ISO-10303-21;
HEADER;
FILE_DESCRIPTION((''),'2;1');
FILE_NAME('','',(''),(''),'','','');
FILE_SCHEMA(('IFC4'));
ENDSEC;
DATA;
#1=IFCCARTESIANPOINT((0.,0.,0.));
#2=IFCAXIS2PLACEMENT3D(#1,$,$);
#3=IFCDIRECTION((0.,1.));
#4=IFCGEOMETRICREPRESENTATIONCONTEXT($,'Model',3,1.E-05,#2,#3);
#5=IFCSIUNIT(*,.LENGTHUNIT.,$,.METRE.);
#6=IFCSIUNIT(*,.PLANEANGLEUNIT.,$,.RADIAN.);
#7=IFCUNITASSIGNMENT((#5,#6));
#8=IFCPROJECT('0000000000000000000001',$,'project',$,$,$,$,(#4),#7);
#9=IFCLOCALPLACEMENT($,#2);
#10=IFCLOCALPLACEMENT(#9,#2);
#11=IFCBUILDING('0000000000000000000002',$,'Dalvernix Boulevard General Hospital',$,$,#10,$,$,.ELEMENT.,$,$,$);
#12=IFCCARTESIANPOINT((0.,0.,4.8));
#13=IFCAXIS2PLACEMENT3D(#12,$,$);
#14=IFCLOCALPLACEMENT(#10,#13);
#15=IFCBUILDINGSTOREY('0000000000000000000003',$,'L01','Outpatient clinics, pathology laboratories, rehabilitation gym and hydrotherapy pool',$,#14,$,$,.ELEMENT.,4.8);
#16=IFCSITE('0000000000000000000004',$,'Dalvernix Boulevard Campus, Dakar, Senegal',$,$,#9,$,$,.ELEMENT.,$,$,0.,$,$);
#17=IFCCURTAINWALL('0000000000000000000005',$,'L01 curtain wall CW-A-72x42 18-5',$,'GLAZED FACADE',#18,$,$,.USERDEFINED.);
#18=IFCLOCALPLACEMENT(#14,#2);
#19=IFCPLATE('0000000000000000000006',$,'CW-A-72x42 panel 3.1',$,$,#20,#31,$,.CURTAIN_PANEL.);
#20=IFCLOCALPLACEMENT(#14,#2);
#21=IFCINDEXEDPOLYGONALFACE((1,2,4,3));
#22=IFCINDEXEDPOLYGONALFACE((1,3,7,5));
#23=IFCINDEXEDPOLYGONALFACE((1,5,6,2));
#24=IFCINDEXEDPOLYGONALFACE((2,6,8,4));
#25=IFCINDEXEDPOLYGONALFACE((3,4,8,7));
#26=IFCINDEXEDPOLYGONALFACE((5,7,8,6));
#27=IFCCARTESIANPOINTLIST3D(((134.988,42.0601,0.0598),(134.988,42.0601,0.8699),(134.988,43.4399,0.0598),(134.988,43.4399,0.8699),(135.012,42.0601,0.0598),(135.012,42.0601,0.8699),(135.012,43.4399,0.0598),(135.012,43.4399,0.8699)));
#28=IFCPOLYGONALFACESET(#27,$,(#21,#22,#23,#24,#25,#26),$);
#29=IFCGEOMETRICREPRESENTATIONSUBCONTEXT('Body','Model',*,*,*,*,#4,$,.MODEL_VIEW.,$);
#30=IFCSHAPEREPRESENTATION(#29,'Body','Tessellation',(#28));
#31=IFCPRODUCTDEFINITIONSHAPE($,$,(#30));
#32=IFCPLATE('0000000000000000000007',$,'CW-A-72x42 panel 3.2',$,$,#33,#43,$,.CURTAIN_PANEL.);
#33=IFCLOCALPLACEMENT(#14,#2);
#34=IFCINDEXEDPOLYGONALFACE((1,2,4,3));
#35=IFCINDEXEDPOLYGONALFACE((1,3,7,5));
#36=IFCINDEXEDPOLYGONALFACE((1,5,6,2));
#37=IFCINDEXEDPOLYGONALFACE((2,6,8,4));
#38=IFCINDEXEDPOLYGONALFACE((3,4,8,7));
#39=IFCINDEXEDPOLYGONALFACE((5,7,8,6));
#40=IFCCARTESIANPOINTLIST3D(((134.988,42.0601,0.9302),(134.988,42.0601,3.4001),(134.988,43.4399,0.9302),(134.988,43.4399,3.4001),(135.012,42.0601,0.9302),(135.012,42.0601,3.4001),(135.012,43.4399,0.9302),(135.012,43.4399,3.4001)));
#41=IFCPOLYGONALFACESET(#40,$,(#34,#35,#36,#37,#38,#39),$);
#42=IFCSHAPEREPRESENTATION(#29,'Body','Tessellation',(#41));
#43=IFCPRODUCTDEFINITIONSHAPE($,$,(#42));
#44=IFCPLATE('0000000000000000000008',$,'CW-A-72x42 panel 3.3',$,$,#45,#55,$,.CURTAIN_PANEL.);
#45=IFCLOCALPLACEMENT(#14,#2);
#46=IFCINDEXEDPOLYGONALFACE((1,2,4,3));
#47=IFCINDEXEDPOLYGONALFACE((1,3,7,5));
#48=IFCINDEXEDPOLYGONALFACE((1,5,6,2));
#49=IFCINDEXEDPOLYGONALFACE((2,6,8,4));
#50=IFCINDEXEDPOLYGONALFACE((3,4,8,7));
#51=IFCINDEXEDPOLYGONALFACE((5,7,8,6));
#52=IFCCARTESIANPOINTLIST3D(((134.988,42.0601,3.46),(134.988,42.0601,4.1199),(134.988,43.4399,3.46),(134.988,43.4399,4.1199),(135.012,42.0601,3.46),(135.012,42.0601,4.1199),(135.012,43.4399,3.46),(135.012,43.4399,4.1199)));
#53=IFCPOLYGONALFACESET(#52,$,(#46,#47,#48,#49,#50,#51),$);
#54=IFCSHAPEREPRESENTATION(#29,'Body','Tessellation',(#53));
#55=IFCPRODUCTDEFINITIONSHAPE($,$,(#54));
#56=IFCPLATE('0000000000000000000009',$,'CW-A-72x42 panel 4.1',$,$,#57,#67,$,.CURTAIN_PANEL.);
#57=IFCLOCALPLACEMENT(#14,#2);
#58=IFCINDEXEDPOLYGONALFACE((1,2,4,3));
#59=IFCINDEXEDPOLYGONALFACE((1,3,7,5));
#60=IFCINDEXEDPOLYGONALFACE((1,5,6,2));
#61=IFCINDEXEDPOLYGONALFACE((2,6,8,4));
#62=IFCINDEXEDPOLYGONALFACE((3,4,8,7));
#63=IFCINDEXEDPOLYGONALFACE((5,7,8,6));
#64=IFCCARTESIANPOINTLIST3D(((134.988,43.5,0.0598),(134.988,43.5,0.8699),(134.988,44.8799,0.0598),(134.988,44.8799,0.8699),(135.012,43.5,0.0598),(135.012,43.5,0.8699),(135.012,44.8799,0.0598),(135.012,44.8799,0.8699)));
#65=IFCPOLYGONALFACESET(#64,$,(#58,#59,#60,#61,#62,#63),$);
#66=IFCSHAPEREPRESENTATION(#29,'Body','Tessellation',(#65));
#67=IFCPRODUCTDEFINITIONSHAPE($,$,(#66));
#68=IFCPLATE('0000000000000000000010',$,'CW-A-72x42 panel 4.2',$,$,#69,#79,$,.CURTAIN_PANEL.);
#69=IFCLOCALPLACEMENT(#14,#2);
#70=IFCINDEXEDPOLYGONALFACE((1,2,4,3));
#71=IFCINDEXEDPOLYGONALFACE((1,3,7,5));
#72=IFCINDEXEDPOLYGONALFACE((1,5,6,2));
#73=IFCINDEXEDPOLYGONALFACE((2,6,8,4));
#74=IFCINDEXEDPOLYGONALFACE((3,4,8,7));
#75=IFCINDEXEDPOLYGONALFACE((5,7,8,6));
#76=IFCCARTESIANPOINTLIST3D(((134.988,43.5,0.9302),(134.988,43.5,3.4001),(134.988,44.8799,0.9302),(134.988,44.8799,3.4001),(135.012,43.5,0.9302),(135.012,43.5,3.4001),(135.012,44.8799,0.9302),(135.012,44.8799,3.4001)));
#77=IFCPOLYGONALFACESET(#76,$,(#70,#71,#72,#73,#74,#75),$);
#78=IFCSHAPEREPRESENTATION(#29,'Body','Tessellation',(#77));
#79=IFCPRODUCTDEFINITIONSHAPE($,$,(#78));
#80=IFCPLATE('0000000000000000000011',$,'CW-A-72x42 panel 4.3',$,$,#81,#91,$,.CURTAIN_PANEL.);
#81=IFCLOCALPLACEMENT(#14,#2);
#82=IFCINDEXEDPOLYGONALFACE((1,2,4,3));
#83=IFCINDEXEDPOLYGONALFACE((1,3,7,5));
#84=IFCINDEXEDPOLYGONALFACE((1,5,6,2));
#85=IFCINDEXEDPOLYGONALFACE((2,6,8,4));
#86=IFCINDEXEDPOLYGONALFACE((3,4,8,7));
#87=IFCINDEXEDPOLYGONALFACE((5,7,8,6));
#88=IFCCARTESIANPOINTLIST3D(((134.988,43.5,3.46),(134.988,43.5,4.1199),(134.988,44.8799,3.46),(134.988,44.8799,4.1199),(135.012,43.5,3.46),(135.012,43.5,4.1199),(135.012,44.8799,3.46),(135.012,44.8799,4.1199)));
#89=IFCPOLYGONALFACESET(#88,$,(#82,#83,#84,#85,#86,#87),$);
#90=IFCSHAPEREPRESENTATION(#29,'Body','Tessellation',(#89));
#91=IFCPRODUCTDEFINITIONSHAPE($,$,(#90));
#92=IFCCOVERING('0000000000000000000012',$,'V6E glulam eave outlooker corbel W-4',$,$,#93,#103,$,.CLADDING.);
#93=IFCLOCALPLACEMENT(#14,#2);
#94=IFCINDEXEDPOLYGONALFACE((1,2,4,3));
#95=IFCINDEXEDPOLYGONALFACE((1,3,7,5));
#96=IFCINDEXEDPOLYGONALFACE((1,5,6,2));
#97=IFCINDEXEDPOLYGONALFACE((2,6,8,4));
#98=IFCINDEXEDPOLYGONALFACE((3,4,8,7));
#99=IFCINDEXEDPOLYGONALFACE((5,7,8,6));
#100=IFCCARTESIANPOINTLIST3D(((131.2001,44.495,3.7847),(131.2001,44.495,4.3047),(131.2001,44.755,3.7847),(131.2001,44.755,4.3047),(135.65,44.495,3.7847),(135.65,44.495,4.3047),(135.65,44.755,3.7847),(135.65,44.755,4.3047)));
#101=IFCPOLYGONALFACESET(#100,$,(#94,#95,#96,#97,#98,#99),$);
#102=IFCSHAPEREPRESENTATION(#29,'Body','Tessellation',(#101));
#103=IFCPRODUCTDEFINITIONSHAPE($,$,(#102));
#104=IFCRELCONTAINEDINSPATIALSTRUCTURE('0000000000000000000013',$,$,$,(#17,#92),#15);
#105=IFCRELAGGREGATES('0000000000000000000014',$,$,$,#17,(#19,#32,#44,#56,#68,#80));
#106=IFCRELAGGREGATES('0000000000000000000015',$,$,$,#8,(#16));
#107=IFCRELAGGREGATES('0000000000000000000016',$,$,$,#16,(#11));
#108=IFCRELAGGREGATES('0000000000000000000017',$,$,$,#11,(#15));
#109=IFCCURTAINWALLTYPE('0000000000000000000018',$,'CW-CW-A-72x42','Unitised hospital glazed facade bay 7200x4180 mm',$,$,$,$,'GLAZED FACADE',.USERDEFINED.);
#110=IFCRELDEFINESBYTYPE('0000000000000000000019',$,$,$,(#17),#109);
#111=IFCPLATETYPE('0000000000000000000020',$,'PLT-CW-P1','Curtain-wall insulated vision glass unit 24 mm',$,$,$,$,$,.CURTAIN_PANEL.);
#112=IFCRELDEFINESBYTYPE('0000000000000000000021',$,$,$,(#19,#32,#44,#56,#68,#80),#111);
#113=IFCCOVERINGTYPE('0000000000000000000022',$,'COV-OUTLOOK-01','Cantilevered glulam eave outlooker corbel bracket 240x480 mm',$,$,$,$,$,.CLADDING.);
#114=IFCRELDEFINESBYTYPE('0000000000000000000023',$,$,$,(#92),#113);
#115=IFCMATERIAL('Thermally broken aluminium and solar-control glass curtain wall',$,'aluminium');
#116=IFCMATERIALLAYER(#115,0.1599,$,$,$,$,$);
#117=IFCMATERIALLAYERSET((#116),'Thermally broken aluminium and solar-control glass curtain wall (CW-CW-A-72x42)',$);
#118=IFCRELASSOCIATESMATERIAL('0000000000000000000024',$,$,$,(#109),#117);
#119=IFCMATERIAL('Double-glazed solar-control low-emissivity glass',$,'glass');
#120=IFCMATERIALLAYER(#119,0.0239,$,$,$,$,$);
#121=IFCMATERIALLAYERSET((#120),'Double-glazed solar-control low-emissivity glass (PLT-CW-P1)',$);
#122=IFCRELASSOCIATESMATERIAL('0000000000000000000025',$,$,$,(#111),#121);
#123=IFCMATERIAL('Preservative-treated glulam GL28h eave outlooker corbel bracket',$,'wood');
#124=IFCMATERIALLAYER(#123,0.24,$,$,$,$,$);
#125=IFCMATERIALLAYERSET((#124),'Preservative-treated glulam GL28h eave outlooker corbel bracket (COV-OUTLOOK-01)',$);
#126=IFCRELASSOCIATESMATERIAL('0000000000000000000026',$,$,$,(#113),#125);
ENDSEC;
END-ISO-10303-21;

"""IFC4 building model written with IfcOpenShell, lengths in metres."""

from ifc_helpers import new_model, si_unit, direction, frame, origin, origin_2d, place, context, subcontext, project, spatial, rectangle, extrude, material, layer, layer_set, type_object, element, aggregate, save


model = new_model("IFC4")

# Units and contexts
model_context = context("Model", 3, precision=1e-05, world=origin(), true_north=direction((0.0, 1.0)))
body_context = subcontext(model_context, "Body", "Model", "MODEL_VIEW")
ifc_project = project(units=[si_unit("LENGTHUNIT", "METRE"), si_unit("PLANEANGLEUNIT", "RADIAN")], contexts=[model_context])

# Site, building, storey
site_placement = place(None, origin())
site = spatial("IfcSite", under=ifc_project, at=site_placement, Name="Dalvernix Boulevard Campus, Dakar, Senegal", CompositionType="ELEMENT", RefElevation=0.0)
building_placement = place(site_placement, origin())
building = spatial("IfcBuilding", under=site, at=building_placement, Name="Dalvernix Boulevard General Hospital", CompositionType="ELEMENT")
storey_placement = place(building_placement, frame((0.0, 0.0, 4.8)))
storey = spatial("IfcBuildingStorey", under=building, at=storey_placement, Name="L01", Description="Outpatient clinics, pathology laboratories, rehabilitation gym and hydrotherapy pool", CompositionType="ELEMENT", Elevation=4.8)

# Curtain wall, plates
ifc_material_1 = material(Name="Thermally broken aluminium and solar-control glass curtain wall", Category="aluminium")
ifc_layer_1 = layer(ifc_material_1, 0.1599)
ifc_layer_set_1 = layer_set([ifc_layer_1], Name="Thermally broken aluminium and solar-control glass curtain wall (CW-CW-A-72x42)")
curtain_wall_type = type_object("IfcCurtainWallType", Name="CW-CW-A-72x42", Description="Unitised hospital glazed facade bay 7200x4180 mm", ElementType="GLAZED FACADE", PredefinedType="USERDEFINED", material=ifc_layer_set_1)
curtain_wall_placement = place(storey_placement, origin())
curtain_wall = element("IfcCurtainWall", 1, at=curtain_wall_placement, inside=storey, type_object=curtain_wall_type, Name="L01 curtain wall CW-A-72x42 18-5", ObjectType="GLAZED FACADE", PredefinedType="USERDEFINED")
ifc_material_2 = material(Name="Double-glazed solar-control low-emissivity glass", Category="glass")
ifc_layer_2 = layer(ifc_material_2, 0.0239)
ifc_layer_set_2 = layer_set([ifc_layer_2], Name="Double-glazed solar-control low-emissivity glass (PLT-CW-P1)")
plate_type = type_object("IfcPlateType", Name="PLT-CW-P1", Description="Curtain-wall insulated vision glass unit 24 mm", PredefinedType="CURTAIN_PANEL", material=ifc_layer_set_2)
plate_1_placement = place(storey_placement, frame((135.0, 42.75, 0.0598), z_axis=(0.0, 0.0, 1.0), x_axis=(0.0, 1.0, 0.0)))
plate_1 = element("IfcPlate", 2, at=plate_1_placement, type_object=plate_type, Name="CW-A-72x42 panel 3.1", PredefinedType="CURTAIN_PANEL", context=body_context, shape_type="SweptSolid", body=[
    extrude(rectangle(XDim=1.3799, YDim=0.0239, at=origin_2d()), origin(), (0.0, 0.0, 1.0), 0.8101),
])
plate_2_placement = place(storey_placement, frame((135.0, 42.75, 0.9302), z_axis=(0.0, 0.0, 1.0), x_axis=(0.0, 1.0, 0.0)))
plate_2 = element("IfcPlate", 3, at=plate_2_placement, type_object=plate_type, Name="CW-A-72x42 panel 3.2", PredefinedType="CURTAIN_PANEL", context=body_context, shape_type="SweptSolid", body=[
    extrude(rectangle(XDim=1.3799, YDim=0.0239, at=origin_2d()), origin(), (0.0, 0.0, 1.0), 2.47),
])
plate_3_placement = place(storey_placement, frame((135.0, 42.75, 3.46), z_axis=(0.0, 0.0, 1.0), x_axis=(0.0, 1.0, 0.0)))
plate_3 = element("IfcPlate", 4, at=plate_3_placement, type_object=plate_type, Name="CW-A-72x42 panel 3.3", PredefinedType="CURTAIN_PANEL", context=body_context, shape_type="SweptSolid", body=[
    extrude(rectangle(XDim=1.3799, YDim=0.0239, at=origin_2d()), origin(), (0.0, 0.0, 1.0), 0.6599),
])
plate_4_placement = place(storey_placement, frame((135.0, 44.1899, 0.0598), z_axis=(0.0, 0.0, 1.0), x_axis=(0.0, 1.0, 0.0)))
plate_4 = element("IfcPlate", 5, at=plate_4_placement, type_object=plate_type, Name="CW-A-72x42 panel 4.1", PredefinedType="CURTAIN_PANEL", context=body_context, shape_type="SweptSolid", body=[
    extrude(rectangle(XDim=1.3799, YDim=0.0239, at=origin_2d()), origin(), (0.0, 0.0, 1.0), 0.8101),
])
plate_5_placement = place(storey_placement, frame((135.0, 44.1899, 0.9302), z_axis=(0.0, 0.0, 1.0), x_axis=(0.0, 1.0, 0.0)))
plate_5 = element("IfcPlate", 6, at=plate_5_placement, type_object=plate_type, Name="CW-A-72x42 panel 4.2", PredefinedType="CURTAIN_PANEL", context=body_context, shape_type="SweptSolid", body=[
    extrude(rectangle(XDim=1.3799, YDim=0.0239, at=origin_2d()), origin(), (0.0, 0.0, 1.0), 2.47),
])
plate_6_placement = place(storey_placement, frame((135.0, 44.1899, 3.46), z_axis=(0.0, 0.0, 1.0), x_axis=(0.0, 1.0, 0.0)))
plate_6 = element("IfcPlate", 7, at=plate_6_placement, type_object=plate_type, Name="CW-A-72x42 panel 4.3", PredefinedType="CURTAIN_PANEL", context=body_context, shape_type="SweptSolid", body=[
    extrude(rectangle(XDim=1.3799, YDim=0.0239, at=origin_2d()), origin(), (0.0, 0.0, 1.0), 0.6599),
])
aggregate(curtain_wall, [plate_1, plate_2, plate_3, plate_4, plate_5, plate_6])

# Covering
ifc_material_3 = material(Name="Preservative-treated glulam GL28h eave outlooker corbel bracket", Category="wood")
ifc_layer_3 = layer(ifc_material_3, 0.24)
ifc_layer_set_3 = layer_set([ifc_layer_3], Name="Preservative-treated glulam GL28h eave outlooker corbel bracket (COV-OUTLOOK-01)")
covering_type = type_object("IfcCoveringType", Name="COV-OUTLOOK-01", Description="Cantilevered glulam eave outlooker corbel bracket 240x480 mm", PredefinedType="CLADDING", material=ifc_layer_set_3)
covering_placement = place(storey_placement, frame((133.425, 44.625, 3.7847), z_axis=(0.0, 0.0, 1.0), x_axis=(1.0, 0.0, 0.0)))
element("IfcCovering", 8, at=covering_placement, inside=storey, type_object=covering_type, Name="V6E glulam eave outlooker corbel W-4", PredefinedType="CLADDING", context=body_context, shape_type="SweptSolid", body=[
    extrude(rectangle(XDim=4.45, YDim=0.26, at=origin_2d()), origin(), (0.0, 0.0, 1.0), 0.52),
])

save(model, "model.ifc")
